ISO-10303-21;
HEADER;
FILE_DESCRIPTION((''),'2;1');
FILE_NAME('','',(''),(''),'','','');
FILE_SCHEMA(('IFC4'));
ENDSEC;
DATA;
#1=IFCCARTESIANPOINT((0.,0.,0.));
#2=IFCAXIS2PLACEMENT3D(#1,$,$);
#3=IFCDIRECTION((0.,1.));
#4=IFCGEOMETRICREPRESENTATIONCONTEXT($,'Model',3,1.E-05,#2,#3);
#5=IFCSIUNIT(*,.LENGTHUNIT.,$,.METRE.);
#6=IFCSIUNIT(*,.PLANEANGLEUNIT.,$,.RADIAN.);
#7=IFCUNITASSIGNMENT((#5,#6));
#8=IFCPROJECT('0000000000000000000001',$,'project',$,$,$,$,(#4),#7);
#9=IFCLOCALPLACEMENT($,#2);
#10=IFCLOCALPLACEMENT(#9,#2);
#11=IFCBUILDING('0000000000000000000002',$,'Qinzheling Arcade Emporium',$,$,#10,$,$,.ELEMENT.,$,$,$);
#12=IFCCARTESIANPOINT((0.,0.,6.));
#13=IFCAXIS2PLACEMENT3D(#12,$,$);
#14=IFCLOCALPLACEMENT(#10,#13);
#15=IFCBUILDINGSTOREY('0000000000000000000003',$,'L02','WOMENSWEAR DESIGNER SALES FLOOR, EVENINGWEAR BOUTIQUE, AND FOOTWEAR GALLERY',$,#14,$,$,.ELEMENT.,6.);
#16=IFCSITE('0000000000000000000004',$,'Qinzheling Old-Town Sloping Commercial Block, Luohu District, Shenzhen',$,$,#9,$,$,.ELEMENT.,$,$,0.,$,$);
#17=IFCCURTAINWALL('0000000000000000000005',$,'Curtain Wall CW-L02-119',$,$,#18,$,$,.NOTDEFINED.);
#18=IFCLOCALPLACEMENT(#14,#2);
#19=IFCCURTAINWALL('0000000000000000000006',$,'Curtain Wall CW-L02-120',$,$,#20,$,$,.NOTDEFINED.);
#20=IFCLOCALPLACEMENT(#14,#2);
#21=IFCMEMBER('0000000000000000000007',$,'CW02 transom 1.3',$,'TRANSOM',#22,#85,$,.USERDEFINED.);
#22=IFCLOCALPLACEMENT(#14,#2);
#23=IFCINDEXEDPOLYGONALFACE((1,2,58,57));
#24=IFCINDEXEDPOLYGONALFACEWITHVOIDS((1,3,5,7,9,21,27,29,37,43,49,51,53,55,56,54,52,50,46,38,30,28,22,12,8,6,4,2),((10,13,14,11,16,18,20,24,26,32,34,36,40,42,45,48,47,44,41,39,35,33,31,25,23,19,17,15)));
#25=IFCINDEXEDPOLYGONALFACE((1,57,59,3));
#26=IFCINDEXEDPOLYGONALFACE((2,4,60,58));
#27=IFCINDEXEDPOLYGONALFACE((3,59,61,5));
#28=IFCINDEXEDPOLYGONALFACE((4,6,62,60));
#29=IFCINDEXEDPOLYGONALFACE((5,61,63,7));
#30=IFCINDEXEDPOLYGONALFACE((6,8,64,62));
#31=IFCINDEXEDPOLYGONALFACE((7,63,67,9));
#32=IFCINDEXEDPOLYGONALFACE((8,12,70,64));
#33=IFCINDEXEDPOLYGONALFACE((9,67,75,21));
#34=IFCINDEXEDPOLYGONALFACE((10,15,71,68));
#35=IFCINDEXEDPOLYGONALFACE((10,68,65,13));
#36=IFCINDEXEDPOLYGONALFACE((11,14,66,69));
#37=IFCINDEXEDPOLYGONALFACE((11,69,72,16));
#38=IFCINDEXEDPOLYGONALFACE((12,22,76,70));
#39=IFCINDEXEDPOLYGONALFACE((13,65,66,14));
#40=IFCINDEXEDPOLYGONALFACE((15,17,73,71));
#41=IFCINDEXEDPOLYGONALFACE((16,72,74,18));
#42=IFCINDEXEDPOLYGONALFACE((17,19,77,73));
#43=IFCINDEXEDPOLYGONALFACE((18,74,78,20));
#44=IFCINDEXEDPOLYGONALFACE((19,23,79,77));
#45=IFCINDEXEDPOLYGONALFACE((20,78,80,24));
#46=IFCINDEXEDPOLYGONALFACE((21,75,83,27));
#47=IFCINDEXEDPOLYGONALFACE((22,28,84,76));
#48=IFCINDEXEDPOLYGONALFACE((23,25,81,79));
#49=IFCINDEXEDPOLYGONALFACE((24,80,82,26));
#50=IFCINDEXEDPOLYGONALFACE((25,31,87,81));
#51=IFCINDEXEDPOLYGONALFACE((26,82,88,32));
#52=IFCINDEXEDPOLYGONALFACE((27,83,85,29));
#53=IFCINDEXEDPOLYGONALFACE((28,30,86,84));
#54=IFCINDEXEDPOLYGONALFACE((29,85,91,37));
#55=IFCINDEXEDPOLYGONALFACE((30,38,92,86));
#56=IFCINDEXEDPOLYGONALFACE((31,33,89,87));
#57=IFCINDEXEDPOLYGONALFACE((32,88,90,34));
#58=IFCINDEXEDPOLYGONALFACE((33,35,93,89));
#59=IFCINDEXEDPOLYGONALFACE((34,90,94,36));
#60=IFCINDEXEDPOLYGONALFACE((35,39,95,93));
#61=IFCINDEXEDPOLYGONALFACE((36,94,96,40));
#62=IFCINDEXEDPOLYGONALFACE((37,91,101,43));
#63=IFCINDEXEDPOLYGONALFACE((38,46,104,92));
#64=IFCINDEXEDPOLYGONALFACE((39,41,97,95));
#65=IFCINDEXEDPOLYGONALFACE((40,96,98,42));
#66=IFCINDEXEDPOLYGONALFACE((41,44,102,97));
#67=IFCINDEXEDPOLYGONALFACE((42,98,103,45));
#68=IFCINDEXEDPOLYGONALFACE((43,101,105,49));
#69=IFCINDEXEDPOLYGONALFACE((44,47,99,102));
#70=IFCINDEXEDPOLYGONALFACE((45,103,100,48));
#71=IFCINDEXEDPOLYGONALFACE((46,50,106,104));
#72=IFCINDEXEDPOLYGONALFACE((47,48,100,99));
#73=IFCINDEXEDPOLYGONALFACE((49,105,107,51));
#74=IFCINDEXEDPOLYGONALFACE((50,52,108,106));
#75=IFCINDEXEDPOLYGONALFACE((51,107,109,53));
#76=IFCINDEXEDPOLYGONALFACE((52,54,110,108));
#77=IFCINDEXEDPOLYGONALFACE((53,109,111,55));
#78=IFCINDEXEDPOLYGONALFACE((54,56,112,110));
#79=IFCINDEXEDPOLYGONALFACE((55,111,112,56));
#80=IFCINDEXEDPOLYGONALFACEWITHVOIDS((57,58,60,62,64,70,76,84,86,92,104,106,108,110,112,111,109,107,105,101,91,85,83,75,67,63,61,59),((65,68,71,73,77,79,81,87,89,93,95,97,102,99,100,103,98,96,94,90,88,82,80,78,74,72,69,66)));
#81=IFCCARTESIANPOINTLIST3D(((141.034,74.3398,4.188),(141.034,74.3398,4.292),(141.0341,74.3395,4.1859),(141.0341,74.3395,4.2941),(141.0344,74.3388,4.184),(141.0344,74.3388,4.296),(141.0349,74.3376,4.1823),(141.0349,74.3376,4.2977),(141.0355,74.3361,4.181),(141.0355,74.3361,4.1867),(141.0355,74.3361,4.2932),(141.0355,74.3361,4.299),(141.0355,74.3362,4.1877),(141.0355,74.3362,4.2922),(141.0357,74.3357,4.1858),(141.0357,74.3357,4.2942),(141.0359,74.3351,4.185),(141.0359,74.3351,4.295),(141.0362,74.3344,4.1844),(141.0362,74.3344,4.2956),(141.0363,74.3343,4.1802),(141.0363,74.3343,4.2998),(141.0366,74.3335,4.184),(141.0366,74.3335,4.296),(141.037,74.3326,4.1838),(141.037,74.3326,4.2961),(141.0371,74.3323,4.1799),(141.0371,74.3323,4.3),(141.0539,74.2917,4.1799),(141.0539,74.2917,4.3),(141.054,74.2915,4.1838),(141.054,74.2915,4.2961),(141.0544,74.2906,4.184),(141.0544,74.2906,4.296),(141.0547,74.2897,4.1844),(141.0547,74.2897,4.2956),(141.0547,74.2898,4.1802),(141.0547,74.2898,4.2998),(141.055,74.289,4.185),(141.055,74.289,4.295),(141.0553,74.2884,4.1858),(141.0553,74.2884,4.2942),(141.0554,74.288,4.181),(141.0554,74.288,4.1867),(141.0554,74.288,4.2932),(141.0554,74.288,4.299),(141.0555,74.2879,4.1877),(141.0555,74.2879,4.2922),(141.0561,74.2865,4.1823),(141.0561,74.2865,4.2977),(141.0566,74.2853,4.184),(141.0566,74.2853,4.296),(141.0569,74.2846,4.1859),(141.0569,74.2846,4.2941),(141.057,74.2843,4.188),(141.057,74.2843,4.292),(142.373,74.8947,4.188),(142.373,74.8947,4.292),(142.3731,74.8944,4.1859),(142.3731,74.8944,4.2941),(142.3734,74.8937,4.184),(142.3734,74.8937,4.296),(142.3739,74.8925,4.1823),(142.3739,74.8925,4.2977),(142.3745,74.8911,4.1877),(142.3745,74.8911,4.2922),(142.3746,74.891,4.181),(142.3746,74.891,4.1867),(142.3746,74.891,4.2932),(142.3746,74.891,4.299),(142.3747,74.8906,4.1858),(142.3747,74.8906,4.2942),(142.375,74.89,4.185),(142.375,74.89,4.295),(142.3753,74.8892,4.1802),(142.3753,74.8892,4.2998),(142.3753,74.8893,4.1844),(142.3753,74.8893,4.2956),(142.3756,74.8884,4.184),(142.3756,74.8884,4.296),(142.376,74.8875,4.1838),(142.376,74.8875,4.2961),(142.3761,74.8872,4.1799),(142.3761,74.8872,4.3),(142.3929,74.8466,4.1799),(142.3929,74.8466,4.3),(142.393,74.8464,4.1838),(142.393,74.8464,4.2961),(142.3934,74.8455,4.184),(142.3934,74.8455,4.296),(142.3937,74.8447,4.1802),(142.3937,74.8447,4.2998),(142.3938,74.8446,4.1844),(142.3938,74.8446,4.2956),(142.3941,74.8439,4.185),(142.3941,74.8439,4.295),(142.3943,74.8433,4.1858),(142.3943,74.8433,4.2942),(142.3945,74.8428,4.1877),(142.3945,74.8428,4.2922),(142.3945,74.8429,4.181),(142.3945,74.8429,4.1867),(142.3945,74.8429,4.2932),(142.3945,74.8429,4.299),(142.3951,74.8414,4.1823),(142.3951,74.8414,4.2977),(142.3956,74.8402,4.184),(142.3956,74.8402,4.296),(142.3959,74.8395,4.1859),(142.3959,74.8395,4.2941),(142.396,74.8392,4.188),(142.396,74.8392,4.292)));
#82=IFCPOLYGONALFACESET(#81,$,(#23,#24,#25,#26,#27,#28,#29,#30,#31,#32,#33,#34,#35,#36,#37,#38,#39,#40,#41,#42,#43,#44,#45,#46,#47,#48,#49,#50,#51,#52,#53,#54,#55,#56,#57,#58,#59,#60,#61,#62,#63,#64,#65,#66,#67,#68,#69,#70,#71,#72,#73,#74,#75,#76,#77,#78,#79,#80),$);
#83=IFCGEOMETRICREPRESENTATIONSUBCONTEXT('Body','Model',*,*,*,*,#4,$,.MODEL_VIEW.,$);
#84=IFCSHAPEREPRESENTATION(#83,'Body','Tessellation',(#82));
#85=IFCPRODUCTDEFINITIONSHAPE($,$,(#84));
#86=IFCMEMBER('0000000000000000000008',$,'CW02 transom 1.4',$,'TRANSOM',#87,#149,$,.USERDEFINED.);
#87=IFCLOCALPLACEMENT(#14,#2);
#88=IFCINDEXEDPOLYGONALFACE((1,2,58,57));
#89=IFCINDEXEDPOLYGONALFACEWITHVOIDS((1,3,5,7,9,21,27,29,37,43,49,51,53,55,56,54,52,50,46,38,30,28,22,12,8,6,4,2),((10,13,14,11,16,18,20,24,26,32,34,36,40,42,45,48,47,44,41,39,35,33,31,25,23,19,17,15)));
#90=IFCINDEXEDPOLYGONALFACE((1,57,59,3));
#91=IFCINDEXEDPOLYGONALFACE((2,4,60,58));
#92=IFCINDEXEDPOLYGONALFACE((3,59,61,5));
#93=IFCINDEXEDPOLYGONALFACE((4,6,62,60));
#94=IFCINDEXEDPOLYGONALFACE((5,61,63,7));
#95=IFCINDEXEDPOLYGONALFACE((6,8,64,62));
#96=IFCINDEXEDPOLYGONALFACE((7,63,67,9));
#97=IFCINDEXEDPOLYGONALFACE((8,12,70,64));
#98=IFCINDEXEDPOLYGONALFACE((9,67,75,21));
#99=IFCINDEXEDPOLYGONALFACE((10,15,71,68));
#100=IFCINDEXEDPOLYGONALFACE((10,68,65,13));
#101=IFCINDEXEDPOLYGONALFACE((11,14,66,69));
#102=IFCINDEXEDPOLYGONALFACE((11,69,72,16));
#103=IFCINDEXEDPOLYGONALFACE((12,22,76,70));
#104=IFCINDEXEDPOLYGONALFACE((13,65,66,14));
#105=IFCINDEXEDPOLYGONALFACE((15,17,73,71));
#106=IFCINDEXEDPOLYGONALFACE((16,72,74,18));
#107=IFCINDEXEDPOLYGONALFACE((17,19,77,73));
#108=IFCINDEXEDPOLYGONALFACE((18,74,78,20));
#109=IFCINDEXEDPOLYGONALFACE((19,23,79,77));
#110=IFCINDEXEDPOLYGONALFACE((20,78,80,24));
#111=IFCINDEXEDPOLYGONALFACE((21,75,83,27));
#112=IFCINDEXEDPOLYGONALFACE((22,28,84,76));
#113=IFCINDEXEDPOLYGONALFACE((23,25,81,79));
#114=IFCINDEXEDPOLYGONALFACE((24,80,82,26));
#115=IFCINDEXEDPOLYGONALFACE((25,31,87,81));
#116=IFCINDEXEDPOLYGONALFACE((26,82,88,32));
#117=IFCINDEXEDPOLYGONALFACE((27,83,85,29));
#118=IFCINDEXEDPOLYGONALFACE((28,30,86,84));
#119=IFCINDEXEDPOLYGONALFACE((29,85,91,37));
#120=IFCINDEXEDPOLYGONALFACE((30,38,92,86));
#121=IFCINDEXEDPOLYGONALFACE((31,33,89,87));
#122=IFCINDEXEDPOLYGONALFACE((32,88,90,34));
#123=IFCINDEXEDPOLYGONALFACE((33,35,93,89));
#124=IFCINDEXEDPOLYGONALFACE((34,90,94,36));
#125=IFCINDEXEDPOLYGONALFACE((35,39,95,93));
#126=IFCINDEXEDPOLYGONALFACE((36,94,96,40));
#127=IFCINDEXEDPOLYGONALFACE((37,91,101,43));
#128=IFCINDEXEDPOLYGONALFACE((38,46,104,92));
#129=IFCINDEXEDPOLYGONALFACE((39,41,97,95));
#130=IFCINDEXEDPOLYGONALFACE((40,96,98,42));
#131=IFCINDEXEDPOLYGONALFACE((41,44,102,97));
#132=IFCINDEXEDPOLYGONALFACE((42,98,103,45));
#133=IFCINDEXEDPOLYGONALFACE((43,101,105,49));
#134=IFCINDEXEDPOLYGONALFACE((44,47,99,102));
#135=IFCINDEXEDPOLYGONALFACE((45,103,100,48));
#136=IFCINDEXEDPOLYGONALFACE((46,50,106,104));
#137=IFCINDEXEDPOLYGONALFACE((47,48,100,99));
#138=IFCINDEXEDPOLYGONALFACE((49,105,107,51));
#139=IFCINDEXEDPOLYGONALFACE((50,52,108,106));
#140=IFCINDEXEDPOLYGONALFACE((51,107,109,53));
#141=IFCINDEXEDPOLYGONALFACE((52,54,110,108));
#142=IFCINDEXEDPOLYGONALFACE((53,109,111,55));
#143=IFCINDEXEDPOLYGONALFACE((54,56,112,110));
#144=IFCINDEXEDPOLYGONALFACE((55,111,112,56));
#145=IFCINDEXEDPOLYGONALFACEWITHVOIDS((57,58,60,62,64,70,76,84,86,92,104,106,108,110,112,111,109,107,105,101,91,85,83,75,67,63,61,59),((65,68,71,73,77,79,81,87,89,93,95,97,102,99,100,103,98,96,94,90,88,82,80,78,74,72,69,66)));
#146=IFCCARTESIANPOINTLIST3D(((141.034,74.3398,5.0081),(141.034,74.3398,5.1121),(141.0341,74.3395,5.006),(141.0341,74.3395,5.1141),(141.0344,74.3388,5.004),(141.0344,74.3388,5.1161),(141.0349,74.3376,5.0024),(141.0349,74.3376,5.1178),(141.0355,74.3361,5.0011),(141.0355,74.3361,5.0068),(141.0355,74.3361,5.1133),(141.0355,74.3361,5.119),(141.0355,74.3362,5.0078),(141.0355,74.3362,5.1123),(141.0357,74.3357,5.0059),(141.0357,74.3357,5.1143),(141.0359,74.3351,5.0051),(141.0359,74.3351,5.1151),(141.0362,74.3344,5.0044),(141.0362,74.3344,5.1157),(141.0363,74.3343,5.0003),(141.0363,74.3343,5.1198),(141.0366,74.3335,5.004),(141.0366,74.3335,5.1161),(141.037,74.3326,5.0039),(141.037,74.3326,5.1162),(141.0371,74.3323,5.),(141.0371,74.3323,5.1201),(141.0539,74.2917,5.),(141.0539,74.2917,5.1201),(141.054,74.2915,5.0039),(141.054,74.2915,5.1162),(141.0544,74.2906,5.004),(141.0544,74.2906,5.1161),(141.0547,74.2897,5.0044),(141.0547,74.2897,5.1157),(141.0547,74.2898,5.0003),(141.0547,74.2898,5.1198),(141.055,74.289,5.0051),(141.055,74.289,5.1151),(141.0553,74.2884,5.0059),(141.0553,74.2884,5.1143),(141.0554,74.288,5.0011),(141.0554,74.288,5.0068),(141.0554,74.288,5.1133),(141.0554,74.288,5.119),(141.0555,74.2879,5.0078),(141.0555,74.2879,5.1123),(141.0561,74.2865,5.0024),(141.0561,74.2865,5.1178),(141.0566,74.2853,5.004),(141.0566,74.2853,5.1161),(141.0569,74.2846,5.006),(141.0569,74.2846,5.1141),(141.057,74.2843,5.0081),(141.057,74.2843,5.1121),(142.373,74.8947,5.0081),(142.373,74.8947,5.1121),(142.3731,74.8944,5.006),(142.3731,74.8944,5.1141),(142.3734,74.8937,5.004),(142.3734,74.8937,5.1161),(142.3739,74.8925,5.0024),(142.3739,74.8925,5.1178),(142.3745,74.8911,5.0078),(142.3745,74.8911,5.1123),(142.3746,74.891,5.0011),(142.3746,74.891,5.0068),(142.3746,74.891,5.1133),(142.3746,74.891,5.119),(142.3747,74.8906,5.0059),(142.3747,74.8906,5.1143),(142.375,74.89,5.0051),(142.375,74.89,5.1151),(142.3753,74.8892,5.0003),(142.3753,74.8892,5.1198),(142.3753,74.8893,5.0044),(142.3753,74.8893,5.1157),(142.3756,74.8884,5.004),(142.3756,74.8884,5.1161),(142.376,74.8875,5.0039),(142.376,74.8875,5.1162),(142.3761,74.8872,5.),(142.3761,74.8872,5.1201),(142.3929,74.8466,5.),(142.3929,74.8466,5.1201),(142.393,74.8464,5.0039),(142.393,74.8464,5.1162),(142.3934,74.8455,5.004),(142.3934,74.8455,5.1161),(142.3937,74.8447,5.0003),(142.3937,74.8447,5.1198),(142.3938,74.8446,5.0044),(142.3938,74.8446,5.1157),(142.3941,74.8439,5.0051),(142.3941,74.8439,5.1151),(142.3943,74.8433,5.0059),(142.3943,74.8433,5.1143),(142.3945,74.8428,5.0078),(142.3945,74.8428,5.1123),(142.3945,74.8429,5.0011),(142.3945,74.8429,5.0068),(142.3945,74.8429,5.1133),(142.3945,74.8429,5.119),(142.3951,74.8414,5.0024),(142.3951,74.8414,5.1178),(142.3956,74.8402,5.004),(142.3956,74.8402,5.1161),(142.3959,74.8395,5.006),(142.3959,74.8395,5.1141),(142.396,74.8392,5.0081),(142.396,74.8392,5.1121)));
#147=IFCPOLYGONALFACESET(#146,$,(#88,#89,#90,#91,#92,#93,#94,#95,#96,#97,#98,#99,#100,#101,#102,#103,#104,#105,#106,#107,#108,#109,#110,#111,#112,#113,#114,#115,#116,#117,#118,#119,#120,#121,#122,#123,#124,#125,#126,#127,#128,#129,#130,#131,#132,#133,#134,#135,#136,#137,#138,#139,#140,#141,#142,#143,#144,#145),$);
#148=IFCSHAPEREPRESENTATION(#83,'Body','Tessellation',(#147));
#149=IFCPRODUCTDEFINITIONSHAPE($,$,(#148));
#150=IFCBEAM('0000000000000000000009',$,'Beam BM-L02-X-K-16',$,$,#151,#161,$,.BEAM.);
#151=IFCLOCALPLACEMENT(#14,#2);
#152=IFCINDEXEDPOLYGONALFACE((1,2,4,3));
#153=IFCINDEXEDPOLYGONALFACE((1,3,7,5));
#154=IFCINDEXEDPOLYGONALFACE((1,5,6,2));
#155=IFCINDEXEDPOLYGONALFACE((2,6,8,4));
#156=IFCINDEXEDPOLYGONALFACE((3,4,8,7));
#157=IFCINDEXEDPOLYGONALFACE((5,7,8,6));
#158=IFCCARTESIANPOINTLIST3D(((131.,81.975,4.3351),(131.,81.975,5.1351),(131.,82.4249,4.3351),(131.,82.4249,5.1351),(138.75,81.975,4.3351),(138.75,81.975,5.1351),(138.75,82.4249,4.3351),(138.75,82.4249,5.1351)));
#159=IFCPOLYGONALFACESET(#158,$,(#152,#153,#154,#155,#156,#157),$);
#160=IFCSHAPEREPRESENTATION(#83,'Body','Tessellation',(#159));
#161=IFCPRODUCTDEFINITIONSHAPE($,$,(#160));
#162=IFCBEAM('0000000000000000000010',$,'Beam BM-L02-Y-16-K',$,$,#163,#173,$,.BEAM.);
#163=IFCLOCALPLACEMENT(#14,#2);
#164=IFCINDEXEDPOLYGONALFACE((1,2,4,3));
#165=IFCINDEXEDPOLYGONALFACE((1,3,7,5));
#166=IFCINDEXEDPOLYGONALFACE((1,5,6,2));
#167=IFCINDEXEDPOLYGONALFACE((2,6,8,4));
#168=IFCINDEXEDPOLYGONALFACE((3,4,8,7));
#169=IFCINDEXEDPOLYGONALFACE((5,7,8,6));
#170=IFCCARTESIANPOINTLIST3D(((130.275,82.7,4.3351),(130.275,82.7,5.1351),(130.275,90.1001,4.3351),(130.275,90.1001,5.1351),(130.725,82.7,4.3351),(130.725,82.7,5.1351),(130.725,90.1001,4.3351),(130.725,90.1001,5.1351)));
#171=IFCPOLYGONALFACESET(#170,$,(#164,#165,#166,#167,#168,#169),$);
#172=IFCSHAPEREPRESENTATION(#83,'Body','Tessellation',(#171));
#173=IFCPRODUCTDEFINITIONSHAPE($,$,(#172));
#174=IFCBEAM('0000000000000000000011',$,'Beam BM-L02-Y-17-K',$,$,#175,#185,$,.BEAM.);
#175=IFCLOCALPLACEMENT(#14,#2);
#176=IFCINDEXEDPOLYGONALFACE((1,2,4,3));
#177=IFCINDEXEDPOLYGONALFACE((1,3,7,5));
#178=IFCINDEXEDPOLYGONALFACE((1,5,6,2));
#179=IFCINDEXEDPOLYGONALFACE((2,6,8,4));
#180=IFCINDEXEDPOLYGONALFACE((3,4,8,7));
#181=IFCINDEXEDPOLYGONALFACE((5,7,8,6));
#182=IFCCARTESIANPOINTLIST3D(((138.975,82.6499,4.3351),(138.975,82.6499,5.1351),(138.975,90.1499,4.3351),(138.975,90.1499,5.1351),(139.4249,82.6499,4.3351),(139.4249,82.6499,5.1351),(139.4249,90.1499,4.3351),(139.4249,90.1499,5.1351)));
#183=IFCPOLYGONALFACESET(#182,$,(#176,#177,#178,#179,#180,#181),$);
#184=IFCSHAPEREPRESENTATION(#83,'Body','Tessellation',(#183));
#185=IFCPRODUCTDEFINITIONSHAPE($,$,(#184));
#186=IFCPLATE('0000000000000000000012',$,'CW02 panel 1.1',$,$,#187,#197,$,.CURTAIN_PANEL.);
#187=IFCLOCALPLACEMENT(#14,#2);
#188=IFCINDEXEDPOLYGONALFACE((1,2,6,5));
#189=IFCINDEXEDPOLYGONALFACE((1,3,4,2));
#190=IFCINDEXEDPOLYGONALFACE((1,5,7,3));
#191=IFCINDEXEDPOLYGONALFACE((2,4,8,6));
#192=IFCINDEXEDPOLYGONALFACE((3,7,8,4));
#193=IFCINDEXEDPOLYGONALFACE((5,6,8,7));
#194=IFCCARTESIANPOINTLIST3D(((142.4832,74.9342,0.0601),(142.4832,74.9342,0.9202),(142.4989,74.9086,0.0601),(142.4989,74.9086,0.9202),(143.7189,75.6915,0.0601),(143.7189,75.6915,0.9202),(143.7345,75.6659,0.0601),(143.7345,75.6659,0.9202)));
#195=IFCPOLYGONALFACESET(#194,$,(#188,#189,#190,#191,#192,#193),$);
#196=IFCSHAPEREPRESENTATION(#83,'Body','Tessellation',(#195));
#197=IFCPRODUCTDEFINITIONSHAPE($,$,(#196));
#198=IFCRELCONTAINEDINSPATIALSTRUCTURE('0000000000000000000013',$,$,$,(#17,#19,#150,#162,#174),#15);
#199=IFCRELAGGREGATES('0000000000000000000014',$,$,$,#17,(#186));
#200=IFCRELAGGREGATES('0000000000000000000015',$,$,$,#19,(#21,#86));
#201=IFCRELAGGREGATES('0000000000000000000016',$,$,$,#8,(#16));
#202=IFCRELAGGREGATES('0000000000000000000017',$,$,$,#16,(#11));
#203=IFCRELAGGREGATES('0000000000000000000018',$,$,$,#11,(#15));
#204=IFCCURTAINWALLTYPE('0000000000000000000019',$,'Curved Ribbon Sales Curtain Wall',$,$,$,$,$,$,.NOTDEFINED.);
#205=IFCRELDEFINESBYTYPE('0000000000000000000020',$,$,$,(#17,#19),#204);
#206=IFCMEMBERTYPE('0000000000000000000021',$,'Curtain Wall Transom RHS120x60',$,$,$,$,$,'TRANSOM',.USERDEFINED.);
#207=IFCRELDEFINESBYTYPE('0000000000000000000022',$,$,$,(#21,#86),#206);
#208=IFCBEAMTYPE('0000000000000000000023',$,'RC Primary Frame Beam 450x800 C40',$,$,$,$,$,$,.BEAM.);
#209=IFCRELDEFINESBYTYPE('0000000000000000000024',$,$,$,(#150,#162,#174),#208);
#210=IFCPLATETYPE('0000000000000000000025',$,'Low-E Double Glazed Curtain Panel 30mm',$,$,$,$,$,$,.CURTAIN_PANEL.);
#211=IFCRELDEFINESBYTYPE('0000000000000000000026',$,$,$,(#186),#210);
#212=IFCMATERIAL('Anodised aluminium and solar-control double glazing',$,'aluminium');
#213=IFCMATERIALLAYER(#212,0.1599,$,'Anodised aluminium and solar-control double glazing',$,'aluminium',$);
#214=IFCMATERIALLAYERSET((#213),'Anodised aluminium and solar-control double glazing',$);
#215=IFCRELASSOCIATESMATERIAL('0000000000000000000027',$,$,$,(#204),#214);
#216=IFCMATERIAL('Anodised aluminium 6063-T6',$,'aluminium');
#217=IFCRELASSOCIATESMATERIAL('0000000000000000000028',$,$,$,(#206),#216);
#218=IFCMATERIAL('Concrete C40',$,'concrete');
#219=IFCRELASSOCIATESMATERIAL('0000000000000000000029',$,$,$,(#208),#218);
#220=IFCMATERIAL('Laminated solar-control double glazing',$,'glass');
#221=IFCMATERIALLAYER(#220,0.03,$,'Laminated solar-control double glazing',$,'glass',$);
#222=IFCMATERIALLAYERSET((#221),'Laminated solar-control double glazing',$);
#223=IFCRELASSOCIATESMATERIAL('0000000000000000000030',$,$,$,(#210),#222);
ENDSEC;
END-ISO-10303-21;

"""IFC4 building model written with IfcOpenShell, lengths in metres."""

from ifc_helpers import new_model, si_unit, direction, frame, origin, origin_2d, place, context, subcontext, project, spatial, rectangle, hollow_rectangle, extrude, material, layer, layer_set, material_profile, profile_set, type_object, element, aggregate, save


model = new_model("IFC4")

# Units and contexts
model_context = context("Model", 3, precision=1e-05, world=origin(), true_north=direction((0.0, 1.0)))
body_context = subcontext(model_context, "Body", "Model", "MODEL_VIEW")
ifc_project = project(units=[si_unit("LENGTHUNIT", "METRE"), si_unit("PLANEANGLEUNIT", "RADIAN")], contexts=[model_context])

# Site, building, storey
site_placement = place(None, origin())
site = spatial("IfcSite", under=ifc_project, at=site_placement, Name="Qinzheling Old-Town Sloping Commercial Block, Luohu District, Shenzhen", CompositionType="ELEMENT", RefElevation=0.0)
building_placement = place(site_placement, origin())
building = spatial("IfcBuilding", under=site, at=building_placement, Name="Qinzheling Arcade Emporium", CompositionType="ELEMENT")
storey_placement = place(building_placement, frame((0.0, 0.0, 6.0)))
storey = spatial("IfcBuildingStorey", under=building, at=storey_placement, Name="L02", Description="WOMENSWEAR DESIGNER SALES FLOOR, EVENINGWEAR BOUTIQUE, AND FOOTWEAR GALLERY", CompositionType="ELEMENT", Elevation=6.0)

# Curtain walls
ifc_material_1 = material(Name="Anodised aluminium and solar-control double glazing", Category="aluminium")
ifc_layer_1 = layer(ifc_material_1, 0.1599, Name="Anodised aluminium and solar-control double glazing", Category="aluminium")
ifc_layer_set_1 = layer_set([ifc_layer_1], Name="Anodised aluminium and solar-control double glazing")
curtain_wall_type = type_object("IfcCurtainWallType", Name="Curved Ribbon Sales Curtain Wall", PredefinedType="NOTDEFINED", material=ifc_layer_set_1)
curtain_wall_1_placement = place(storey_placement, origin())
curtain_wall_1 = element("IfcCurtainWall", 1, at=curtain_wall_1_placement, inside=storey, type_object=curtain_wall_type, Name="Curtain Wall CW-L02-119", PredefinedType="NOTDEFINED")
ifc_material_2 = material(Name="Anodised aluminium 6063-T6", Category="aluminium")
curtain_wall_2_placement = place(storey_placement, origin())
curtain_wall_2 = element("IfcCurtainWall", 2, at=curtain_wall_2_placement, inside=storey, type_object=curtain_wall_type, Name="Curtain Wall CW-L02-120", PredefinedType="NOTDEFINED")

# Members
ifc_material_profile_1 = material_profile(ifc_material_2, hollow_rectangle(XDim=0.0601, YDim=0.1201, WallThickness=0.0039, InnerFilletRadius=0.0039, OuterFilletRadius=0.0081, at=origin_2d()), Name="RHS 120x60x4", Category="aluminium")
ifc_profile_set_1 = profile_set([ifc_material_profile_1], Name="Anodised aluminium 6063-T6")
member_type_1 = type_object("IfcMemberType", Name="Curtain Wall Transom RHS120x60", ElementType="TRANSOM", PredefinedType="USERDEFINED", material=ifc_profile_set_1)
member_1_placement = place(storey_placement, frame((142.3845, 74.8669, 4.24), z_axis=(-0.923818, -0.382833, 0.0), x_axis=(0.382833, -0.923818, 0.0)))
member_1 = element("IfcMember", 3, at=member_1_placement, type_object=member_type_1, Name="CW02 transom 1.3", ObjectType="TRANSOM", PredefinedType="USERDEFINED", context=body_context, shape_type="SweptSolid", body=[
    extrude(hollow_rectangle(XDim=0.0601, YDim=0.1201, WallThickness=0.0039, InnerFilletRadius=0.0039, OuterFilletRadius=0.0081, at=origin_2d()), origin(), (0.0, 0.0, 1.0), 1.4495),
])
member_2_placement = place(storey_placement, frame((142.3845, 74.8669, 5.0601), z_axis=(-0.923818, -0.382833, 0.0), x_axis=(0.382833, -0.923818, 0.0)))
member_2 = element("IfcMember", 4, at=member_2_placement, type_object=member_type_1, Name="CW02 transom 1.4", ObjectType="TRANSOM", PredefinedType="USERDEFINED", context=body_context, shape_type="SweptSolid", body=[
    extrude(hollow_rectangle(XDim=0.0601, YDim=0.1201, WallThickness=0.0039, InnerFilletRadius=0.0039, OuterFilletRadius=0.0081, at=origin_2d()), origin(), (0.0, 0.0, 1.0), 1.4495),
])

# Beams
ifc_material_3 = material(Name="Concrete C40", Category="concrete")
ifc_material_profile_2 = material_profile(ifc_material_3, rectangle(XDim=0.45, YDim=0.8, at=origin_2d()), Name="RC 450x800", Category="concrete")
ifc_profile_set_2 = profile_set([ifc_material_profile_2], Name="Concrete C40")
beam_type = type_object("IfcBeamType", Name="RC Primary Frame Beam 450x800 C40", PredefinedType="BEAM", material=ifc_profile_set_2)
beam_1_placement = place(storey_placement, frame((131.0, 82.2, 4.7351), z_axis=(1.0, 0.0, 0.0), x_axis=(0.0, 1.0, 0.0)))
element("IfcBeam", 5, at=beam_1_placement, inside=storey, type_object=beam_type, Name="Beam BM-L02-X-K-16", PredefinedType="BEAM", context=body_context, shape_type="SweptSolid", body=[
    extrude(rectangle(XDim=0.45, YDim=0.8, at=origin_2d()), origin(), (0.0, 0.0, 1.0), 7.75),
])
beam_2_placement = place(storey_placement, frame((130.5, 82.7, 4.7351), z_axis=(0.0, 1.0, 0.0), x_axis=(-1.0, 0.0, 0.0)))
element("IfcBeam", 6, at=beam_2_placement, inside=storey, type_object=beam_type, Name="Beam BM-L02-Y-16-K", PredefinedType="BEAM", context=body_context, shape_type="SweptSolid", body=[
    extrude(rectangle(XDim=0.45, YDim=0.8, at=origin_2d()), origin(), (0.0, 0.0, 1.0), 7.4001),
])
beam_3_placement = place(storey_placement, frame((139.2, 82.6499, 4.7351), z_axis=(0.0, 1.0, 0.0), x_axis=(-1.0, 0.0, 0.0)))
element("IfcBeam", 7, at=beam_3_placement, inside=storey, type_object=beam_type, Name="Beam BM-L02-Y-17-K", PredefinedType="BEAM", context=body_context, shape_type="SweptSolid", body=[
    extrude(rectangle(XDim=0.45, YDim=0.8, at=origin_2d()), origin(), (0.0, 0.0, 1.0), 7.5),
])

# Plate
ifc_material_4 = material(Name="Laminated solar-control double glazing", Category="glass")
ifc_layer_2 = layer(ifc_material_4, 0.03, Name="Laminated solar-control double glazing", Category="glass")
ifc_layer_set_2 = layer_set([ifc_layer_2], Name="Laminated solar-control double glazing")
plate_type_1 = type_object("IfcPlateType", Name="Low-E Double Glazed Curtain Panel 30mm", PredefinedType="CURTAIN_PANEL", material=ifc_layer_set_2)
plate_1_placement = place(storey_placement, frame((143.1089, 75.3, 0.0601), z_axis=(0.0, 0.0, 1.0), x_axis=(-0.85262, -0.522532, 0.0)))
plate_1 = element("IfcPlate", 8, at=plate_1_placement, type_object=plate_type_1, Name="CW02 panel 1.1", PredefinedType="CURTAIN_PANEL", context=body_context, shape_type="SweptSolid", body=[
    extrude(rectangle(XDim=1.4492, YDim=0.03, at=origin_2d()), origin(), (0.0, 0.0, 1.0), 0.8601),
])
aggregate(curtain_wall_1, [plate_1])
aggregate(curtain_wall_2, [member_1, member_2])

save(model, "model.ifc")
